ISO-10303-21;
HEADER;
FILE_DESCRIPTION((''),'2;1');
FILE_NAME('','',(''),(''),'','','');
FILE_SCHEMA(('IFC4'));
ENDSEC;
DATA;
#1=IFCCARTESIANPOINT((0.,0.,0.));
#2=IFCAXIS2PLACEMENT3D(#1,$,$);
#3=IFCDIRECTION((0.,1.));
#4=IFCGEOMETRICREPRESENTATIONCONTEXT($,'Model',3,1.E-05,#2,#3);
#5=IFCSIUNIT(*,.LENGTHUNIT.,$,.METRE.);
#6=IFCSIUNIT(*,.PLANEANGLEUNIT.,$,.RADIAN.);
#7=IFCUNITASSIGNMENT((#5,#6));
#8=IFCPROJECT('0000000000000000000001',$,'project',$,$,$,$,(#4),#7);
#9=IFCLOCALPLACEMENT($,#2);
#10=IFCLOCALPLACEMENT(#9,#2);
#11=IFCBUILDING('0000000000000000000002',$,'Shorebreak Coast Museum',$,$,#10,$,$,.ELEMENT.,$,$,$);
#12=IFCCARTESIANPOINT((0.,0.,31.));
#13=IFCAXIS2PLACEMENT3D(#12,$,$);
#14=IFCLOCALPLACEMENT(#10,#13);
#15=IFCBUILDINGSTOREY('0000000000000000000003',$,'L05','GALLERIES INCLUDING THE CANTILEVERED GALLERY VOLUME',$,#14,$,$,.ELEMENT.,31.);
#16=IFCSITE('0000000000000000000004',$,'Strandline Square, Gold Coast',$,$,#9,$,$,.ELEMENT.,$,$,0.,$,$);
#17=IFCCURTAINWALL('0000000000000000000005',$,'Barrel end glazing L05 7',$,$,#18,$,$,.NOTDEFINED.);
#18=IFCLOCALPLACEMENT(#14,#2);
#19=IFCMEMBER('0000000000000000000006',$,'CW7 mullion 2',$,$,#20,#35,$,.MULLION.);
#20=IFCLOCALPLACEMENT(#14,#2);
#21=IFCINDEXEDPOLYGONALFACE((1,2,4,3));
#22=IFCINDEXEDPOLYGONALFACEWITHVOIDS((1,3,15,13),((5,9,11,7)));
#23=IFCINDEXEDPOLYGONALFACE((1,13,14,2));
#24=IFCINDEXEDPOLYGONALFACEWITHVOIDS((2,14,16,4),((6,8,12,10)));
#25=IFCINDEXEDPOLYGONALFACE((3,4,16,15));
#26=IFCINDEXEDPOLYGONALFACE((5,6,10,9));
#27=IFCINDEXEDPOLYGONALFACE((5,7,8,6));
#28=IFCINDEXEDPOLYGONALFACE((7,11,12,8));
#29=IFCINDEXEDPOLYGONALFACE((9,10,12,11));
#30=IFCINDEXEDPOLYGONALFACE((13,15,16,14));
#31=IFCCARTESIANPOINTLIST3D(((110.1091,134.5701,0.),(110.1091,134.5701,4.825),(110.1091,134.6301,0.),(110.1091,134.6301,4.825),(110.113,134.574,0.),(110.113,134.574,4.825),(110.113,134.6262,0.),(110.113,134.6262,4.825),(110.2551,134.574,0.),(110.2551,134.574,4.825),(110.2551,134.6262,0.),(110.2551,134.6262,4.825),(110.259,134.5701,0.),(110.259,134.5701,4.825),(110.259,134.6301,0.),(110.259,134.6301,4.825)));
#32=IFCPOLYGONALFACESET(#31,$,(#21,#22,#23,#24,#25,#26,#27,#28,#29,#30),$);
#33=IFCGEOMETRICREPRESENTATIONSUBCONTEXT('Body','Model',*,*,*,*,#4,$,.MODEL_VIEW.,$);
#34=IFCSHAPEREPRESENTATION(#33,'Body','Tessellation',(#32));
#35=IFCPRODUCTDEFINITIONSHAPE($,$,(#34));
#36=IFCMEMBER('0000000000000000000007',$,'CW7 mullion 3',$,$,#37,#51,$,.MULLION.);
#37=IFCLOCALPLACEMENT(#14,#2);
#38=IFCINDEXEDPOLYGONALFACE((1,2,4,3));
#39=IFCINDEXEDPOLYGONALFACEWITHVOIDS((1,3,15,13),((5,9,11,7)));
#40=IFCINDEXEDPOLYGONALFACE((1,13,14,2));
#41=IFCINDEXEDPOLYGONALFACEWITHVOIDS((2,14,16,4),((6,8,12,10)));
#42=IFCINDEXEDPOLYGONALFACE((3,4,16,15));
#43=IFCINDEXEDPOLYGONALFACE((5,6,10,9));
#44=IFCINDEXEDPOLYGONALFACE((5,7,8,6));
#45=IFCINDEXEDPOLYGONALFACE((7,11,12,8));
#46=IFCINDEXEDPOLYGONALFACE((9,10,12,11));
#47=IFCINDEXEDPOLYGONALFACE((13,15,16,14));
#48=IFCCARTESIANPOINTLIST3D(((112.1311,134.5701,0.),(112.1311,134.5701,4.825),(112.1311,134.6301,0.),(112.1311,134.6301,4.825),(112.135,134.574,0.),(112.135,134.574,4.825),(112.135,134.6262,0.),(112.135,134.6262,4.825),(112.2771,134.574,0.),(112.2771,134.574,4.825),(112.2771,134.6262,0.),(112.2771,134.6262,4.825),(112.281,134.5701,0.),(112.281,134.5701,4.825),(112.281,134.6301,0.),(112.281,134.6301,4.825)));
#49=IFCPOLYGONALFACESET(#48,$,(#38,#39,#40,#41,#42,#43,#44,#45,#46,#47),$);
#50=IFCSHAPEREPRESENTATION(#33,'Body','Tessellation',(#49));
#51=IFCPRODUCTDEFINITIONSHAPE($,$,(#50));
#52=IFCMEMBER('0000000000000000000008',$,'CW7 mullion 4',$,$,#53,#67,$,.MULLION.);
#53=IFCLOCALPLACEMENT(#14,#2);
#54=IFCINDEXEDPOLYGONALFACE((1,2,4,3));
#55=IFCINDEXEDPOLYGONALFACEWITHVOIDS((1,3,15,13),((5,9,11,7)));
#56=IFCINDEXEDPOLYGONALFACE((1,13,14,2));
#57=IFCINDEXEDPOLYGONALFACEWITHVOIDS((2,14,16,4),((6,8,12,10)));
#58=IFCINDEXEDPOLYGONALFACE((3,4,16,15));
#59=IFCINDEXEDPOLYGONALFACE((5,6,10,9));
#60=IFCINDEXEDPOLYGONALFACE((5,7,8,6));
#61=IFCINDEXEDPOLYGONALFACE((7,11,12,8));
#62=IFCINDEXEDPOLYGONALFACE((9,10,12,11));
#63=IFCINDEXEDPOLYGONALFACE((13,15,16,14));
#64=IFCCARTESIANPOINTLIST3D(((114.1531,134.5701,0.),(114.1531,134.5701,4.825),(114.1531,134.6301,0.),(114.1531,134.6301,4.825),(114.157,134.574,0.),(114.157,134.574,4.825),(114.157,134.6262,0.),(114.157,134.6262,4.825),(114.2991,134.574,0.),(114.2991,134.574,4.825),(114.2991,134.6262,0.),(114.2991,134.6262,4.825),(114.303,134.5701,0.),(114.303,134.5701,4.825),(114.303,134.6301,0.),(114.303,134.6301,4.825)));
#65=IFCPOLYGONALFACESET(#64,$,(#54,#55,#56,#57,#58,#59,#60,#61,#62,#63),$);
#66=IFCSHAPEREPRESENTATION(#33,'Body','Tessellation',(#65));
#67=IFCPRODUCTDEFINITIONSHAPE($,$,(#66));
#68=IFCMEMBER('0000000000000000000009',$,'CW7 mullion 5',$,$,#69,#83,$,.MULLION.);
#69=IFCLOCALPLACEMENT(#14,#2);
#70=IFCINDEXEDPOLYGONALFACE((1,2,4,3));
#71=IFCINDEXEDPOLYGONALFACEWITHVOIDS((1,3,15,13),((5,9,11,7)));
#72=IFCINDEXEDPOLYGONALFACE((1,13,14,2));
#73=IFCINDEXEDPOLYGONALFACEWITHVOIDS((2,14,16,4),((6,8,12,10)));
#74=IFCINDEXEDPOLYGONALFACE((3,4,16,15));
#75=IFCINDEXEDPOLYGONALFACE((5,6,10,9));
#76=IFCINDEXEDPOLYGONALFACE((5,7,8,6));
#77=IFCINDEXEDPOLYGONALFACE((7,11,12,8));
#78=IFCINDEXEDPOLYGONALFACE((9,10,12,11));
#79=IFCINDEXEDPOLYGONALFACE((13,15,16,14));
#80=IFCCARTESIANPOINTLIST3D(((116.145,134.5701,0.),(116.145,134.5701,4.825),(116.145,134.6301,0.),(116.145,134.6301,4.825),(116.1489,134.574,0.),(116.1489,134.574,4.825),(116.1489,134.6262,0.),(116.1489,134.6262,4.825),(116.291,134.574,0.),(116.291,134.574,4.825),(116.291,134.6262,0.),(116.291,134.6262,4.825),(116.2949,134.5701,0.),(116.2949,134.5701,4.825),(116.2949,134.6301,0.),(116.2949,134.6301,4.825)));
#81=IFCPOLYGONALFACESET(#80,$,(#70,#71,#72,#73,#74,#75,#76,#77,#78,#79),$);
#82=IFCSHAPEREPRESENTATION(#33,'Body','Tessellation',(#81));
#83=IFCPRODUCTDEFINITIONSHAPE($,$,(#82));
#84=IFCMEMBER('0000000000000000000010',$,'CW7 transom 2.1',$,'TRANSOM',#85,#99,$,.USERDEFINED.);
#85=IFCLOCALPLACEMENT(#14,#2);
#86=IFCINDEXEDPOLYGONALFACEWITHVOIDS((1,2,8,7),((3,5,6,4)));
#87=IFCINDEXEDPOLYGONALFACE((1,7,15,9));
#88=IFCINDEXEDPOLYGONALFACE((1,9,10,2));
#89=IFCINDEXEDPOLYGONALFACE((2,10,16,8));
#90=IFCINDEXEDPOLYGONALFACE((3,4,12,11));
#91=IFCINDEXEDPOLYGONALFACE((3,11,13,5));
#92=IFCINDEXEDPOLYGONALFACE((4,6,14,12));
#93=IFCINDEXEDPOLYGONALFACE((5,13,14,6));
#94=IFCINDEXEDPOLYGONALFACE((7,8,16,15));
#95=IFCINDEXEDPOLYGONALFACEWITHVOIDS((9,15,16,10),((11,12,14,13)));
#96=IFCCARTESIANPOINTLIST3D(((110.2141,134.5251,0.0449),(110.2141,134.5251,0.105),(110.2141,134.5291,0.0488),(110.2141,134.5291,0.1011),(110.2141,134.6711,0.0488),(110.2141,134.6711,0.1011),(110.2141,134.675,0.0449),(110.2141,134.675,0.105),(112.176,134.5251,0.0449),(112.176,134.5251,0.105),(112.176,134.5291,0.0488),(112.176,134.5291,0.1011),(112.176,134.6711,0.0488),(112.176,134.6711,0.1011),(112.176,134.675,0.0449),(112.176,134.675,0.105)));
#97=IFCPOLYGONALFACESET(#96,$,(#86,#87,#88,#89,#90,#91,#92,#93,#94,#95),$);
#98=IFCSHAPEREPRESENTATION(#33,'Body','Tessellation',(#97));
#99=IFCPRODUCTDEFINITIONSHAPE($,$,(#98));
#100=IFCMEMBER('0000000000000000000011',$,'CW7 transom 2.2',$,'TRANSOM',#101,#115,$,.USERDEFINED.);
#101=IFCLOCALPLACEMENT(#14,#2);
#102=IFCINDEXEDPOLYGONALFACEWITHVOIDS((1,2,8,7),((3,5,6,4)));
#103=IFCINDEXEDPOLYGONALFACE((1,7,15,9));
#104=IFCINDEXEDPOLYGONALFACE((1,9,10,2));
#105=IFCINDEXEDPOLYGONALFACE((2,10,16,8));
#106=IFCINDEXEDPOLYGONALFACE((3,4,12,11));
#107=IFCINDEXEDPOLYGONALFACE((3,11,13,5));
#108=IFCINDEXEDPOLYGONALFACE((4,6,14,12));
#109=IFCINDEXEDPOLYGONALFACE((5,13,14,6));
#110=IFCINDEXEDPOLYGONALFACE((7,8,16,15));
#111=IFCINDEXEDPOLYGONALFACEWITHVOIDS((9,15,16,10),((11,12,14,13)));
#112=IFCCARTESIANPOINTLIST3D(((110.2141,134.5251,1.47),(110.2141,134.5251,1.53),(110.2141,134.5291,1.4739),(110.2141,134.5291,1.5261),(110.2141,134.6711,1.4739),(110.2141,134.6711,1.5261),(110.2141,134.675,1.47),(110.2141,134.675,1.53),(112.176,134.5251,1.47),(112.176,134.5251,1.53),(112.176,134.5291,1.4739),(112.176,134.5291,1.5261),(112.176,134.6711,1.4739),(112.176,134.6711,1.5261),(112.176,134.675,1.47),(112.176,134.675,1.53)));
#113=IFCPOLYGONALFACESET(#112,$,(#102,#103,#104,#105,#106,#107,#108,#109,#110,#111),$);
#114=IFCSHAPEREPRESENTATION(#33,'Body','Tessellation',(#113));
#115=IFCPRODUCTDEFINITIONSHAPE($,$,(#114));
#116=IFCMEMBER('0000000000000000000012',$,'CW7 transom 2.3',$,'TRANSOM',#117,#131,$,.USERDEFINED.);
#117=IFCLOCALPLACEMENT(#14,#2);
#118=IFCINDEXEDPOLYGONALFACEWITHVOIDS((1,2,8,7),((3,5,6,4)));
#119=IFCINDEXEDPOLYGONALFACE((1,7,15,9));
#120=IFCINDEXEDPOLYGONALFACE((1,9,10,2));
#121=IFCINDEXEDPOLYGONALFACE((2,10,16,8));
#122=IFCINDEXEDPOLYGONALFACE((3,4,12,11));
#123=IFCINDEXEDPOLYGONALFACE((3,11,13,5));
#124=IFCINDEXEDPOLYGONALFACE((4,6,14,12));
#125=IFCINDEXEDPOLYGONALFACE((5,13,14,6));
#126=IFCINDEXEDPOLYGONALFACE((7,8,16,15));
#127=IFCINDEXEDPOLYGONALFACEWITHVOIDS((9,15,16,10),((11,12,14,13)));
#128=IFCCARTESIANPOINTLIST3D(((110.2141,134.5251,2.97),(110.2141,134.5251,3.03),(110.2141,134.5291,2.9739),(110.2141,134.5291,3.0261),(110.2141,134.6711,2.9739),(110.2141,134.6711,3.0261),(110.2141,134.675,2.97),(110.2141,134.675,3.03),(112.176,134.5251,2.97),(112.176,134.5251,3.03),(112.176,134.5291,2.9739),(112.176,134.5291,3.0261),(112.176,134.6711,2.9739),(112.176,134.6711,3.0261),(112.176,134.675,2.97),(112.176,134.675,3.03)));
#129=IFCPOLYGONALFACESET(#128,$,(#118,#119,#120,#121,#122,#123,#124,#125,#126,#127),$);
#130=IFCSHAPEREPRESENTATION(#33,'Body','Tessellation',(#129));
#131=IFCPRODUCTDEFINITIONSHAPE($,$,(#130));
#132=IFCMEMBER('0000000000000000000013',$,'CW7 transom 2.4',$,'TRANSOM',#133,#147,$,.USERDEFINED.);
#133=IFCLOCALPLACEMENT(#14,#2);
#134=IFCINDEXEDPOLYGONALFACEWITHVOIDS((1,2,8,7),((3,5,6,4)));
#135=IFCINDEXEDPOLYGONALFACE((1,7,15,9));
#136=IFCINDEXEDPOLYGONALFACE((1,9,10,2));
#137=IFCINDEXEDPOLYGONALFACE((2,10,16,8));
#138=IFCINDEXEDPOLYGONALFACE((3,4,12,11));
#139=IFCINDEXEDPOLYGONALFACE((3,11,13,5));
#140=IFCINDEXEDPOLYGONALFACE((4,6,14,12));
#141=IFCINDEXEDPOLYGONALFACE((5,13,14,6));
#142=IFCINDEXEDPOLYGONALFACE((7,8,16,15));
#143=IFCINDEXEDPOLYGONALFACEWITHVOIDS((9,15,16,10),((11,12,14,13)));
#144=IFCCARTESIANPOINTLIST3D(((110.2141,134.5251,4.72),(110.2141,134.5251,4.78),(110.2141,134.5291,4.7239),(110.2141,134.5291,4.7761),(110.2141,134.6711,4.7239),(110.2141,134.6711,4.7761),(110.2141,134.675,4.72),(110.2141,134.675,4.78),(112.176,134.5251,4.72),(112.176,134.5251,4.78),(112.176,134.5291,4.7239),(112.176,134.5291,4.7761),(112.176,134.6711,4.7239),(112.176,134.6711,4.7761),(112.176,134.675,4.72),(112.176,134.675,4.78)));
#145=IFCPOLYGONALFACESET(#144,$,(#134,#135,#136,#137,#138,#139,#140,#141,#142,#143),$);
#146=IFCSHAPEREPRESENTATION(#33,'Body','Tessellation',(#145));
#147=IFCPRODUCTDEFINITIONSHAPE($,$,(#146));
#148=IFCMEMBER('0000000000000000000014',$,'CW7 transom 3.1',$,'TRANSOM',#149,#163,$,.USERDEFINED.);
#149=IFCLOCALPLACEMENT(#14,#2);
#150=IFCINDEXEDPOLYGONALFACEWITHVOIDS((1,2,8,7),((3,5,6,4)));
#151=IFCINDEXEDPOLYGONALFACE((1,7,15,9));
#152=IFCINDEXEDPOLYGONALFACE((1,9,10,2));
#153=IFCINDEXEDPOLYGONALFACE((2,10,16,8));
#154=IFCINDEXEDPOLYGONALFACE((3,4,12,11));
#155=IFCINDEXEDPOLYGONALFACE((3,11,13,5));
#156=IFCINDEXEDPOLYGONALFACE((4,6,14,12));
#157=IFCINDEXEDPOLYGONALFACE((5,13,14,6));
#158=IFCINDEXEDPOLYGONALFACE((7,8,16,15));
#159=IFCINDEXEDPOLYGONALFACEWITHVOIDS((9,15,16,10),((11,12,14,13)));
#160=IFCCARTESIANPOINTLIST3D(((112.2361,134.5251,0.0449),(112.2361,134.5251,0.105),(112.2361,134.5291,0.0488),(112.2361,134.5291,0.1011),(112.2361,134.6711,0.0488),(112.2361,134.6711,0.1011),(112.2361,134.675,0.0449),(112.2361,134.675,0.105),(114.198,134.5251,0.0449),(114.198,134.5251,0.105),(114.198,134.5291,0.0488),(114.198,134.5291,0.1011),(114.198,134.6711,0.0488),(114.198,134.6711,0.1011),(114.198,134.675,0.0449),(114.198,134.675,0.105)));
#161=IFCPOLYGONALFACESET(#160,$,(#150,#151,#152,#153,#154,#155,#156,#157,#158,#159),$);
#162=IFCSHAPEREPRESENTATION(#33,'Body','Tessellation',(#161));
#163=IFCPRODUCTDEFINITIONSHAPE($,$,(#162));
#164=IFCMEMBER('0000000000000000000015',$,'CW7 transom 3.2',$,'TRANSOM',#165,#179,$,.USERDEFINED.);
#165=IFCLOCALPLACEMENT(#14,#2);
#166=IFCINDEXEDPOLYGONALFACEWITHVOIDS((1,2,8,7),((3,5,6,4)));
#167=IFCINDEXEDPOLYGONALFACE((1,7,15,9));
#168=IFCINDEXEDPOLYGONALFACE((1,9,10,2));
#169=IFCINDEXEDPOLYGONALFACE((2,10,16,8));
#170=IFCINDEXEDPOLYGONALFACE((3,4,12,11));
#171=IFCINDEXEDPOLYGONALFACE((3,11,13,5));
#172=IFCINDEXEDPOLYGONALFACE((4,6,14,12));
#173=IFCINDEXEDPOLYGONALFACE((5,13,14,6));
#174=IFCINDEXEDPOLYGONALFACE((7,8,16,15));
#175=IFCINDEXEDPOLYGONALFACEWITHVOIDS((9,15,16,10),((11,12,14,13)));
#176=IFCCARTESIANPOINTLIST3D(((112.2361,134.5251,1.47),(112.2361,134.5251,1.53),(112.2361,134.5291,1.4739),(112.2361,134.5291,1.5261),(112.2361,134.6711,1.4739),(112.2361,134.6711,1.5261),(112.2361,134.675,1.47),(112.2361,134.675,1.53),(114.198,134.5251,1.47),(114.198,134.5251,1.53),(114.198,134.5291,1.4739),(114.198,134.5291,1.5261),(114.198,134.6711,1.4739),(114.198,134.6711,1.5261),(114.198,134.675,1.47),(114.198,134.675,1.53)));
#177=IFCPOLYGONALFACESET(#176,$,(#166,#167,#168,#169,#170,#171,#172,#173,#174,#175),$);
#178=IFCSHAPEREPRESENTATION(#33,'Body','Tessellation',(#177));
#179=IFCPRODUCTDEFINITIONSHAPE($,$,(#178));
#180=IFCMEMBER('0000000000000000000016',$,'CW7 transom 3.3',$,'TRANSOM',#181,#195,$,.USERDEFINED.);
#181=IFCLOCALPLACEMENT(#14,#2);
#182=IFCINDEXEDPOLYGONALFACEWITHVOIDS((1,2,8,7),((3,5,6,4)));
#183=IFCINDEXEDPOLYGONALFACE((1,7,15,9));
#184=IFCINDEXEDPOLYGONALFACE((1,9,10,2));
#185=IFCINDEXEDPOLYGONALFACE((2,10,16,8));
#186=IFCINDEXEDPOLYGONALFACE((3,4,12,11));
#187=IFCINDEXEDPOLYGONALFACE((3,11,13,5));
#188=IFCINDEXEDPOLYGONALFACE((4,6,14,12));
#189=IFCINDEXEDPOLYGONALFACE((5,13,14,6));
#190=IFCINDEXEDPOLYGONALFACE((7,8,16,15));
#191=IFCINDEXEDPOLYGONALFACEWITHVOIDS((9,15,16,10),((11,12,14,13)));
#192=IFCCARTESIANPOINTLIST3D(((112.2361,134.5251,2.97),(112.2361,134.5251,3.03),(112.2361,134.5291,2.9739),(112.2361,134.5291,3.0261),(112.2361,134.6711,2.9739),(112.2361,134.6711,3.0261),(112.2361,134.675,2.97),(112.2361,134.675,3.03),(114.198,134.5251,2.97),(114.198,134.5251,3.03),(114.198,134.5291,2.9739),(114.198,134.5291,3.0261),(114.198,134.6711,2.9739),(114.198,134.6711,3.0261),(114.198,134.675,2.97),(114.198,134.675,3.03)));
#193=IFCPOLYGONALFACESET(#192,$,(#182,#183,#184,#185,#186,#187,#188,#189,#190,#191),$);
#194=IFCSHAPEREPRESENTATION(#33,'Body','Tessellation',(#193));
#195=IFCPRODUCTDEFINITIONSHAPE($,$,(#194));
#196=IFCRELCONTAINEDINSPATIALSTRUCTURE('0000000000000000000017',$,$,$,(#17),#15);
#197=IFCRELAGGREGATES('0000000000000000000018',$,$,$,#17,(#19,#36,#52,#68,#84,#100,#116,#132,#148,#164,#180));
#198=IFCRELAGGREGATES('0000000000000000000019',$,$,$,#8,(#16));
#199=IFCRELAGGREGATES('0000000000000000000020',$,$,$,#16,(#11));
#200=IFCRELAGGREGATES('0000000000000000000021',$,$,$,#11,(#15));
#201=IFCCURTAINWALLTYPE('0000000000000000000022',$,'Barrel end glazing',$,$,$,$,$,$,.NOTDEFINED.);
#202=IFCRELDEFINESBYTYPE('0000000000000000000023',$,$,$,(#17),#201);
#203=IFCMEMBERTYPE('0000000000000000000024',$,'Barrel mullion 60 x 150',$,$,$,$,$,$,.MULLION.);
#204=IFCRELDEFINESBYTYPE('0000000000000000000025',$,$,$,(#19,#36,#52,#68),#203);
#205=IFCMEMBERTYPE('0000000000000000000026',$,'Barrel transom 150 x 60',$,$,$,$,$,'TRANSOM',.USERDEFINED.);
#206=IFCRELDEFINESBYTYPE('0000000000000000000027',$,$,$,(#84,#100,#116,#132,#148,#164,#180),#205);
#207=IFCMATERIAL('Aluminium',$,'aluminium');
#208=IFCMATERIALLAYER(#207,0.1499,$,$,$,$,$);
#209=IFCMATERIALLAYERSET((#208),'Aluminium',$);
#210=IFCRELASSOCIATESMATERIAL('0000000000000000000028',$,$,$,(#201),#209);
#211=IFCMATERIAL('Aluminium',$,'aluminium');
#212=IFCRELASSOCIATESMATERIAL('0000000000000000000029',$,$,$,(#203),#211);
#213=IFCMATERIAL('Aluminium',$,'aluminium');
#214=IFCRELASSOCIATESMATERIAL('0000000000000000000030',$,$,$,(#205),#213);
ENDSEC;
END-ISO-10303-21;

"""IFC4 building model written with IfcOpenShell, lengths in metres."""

from ifc_helpers import new_model, si_unit, direction, frame, origin, origin_2d, place, context, subcontext, project, spatial, hollow_rectangle, extrude, material, layer, layer_set, material_profile, profile_set, type_object, element, aggregate, save


model = new_model("IFC4")

# Units and contexts
model_context = context("Model", 3, precision=1e-05, world=origin(), true_north=direction((0.0, 1.0)))
body_context = subcontext(model_context, "Body", "Model", "MODEL_VIEW")
ifc_project = project(units=[si_unit("LENGTHUNIT", "METRE"), si_unit("PLANEANGLEUNIT", "RADIAN")], contexts=[model_context])

# Site, building, storey
site_placement = place(None, origin())
site = spatial("IfcSite", under=ifc_project, at=site_placement, Name="Strandline Square, Gold Coast", CompositionType="ELEMENT", RefElevation=0.0)
building_placement = place(site_placement, origin())
building = spatial("IfcBuilding", under=site, at=building_placement, Name="Shorebreak Coast Museum", CompositionType="ELEMENT")
storey_placement = place(building_placement, frame((0.0, 0.0, 31.0)))
storey = spatial("IfcBuildingStorey", under=building, at=storey_placement, Name="L05", Description="GALLERIES INCLUDING THE CANTILEVERED GALLERY VOLUME", CompositionType="ELEMENT", Elevation=31.0)

# Curtain wall, members
ifc_material_1 = material(Name="Aluminium", Category="aluminium")
ifc_layer_1 = layer(ifc_material_1, 0.1499)
ifc_layer_set_1 = layer_set([ifc_layer_1], Name="Aluminium")
curtain_wall_type = type_object("IfcCurtainWallType", Name="Barrel end glazing", PredefinedType="NOTDEFINED", material=ifc_layer_set_1)
curtain_wall_placement = place(storey_placement, origin())
curtain_wall = element("IfcCurtainWall", 1, at=curtain_wall_placement, inside=storey, type_object=curtain_wall_type, Name="Barrel end glazing L05 7", PredefinedType="NOTDEFINED")
ifc_material_2 = material(Name="Aluminium", Category="aluminium")
ifc_material_profile_1 = material_profile(ifc_material_2, hollow_rectangle(XDim=0.0601, YDim=0.1499, WallThickness=0.0039, at=origin_2d()), Name="AL 150x60 RHS")
ifc_profile_set_1 = profile_set([ifc_material_profile_1], Name="Aluminium")
member_type_1 = type_object("IfcMemberType", Name="Barrel mullion 60 x 150", PredefinedType="MULLION", material=ifc_profile_set_1)
member_1_placement = place(storey_placement, frame((110.1841, 134.6001, 0.0), z_axis=(0.0, 0.0, 1.0), x_axis=(0.0, 1.0, 0.0)))
member_1 = element("IfcMember", 2, at=member_1_placement, type_object=member_type_1, Name="CW7 mullion 2", PredefinedType="MULLION", context=body_context, shape_type="SweptSolid", body=[
    extrude(hollow_rectangle(XDim=0.0601, YDim=0.1499, WallThickness=0.0039, at=origin_2d()), origin(), (0.0, 0.0, 1.0), 4.825),
])
member_2_placement = place(storey_placement, frame((112.2061, 134.6001, 0.0), z_axis=(0.0, 0.0, 1.0), x_axis=(0.0, 1.0, 0.0)))
member_2 = element("IfcMember", 3, at=member_2_placement, type_object=member_type_1, Name="CW7 mullion 3", PredefinedType="MULLION", context=body_context, shape_type="SweptSolid", body=[
    extrude(hollow_rectangle(XDim=0.0601, YDim=0.1499, WallThickness=0.0039, at=origin_2d()), origin(), (0.0, 0.0, 1.0), 4.825),
])
member_3_placement = place(storey_placement, frame((114.228, 134.6001, 0.0), z_axis=(0.0, 0.0, 1.0), x_axis=(0.0, 1.0, 0.0)))
member_3 = element("IfcMember", 4, at=member_3_placement, type_object=member_type_1, Name="CW7 mullion 4", PredefinedType="MULLION", context=body_context, shape_type="SweptSolid", body=[
    extrude(hollow_rectangle(XDim=0.0601, YDim=0.1499, WallThickness=0.0039, at=origin_2d()), origin(), (0.0, 0.0, 1.0), 4.825),
])
member_4_placement = place(storey_placement, frame((116.22, 134.6001, 0.0), z_axis=(0.0, 0.0, 1.0), x_axis=(0.0, 1.0, 0.0)))
member_4 = element("IfcMember", 5, at=member_4_placement, type_object=member_type_1, Name="CW7 mullion 5", PredefinedType="MULLION", context=body_context, shape_type="SweptSolid", body=[
    extrude(hollow_rectangle(XDim=0.0601, YDim=0.1499, WallThickness=0.0039, at=origin_2d()), origin(), (0.0, 0.0, 1.0), 4.825),
])
ifc_material_3 = material(Name="Aluminium", Category="aluminium")
ifc_material_profile_2 = material_profile(ifc_material_3, hollow_rectangle(XDim=0.1499, YDim=0.0601, WallThickness=0.0039, at=origin_2d()), Name="AL 60x150 RHS")
ifc_profile_set_2 = profile_set([ifc_material_profile_2], Name="Aluminium")
member_type_2 = type_object("IfcMemberType", Name="Barrel transom 150 x 60", ElementType="TRANSOM", PredefinedType="USERDEFINED", material=ifc_profile_set_2)
member_5_placement = place(storey_placement, frame((110.2141, 134.6001, 0.075), z_axis=(1.0, 0.0, 0.0), x_axis=(0.0, 1.0, 0.0)))
member_5 = element("IfcMember", 6, at=member_5_placement, type_object=member_type_2, Name="CW7 transom 2.1", ObjectType="TRANSOM", PredefinedType="USERDEFINED", context=body_context, shape_type="SweptSolid", body=[
    extrude(hollow_rectangle(XDim=0.1499, YDim=0.0601, WallThickness=0.0039, at=origin_2d()), origin(), (0.0, 0.0, 1.0), 1.9619),
])
member_6_placement = place(storey_placement, frame((110.2141, 134.6001, 1.5), z_axis=(1.0, 0.0, 0.0), x_axis=(0.0, 1.0, 0.0)))
member_6 = element("IfcMember", 7, at=member_6_placement, type_object=member_type_2, Name="CW7 transom 2.2", ObjectType="TRANSOM", PredefinedType="USERDEFINED", context=body_context, shape_type="SweptSolid", body=[
    extrude(hollow_rectangle(XDim=0.1499, YDim=0.0601, WallThickness=0.0039, at=origin_2d()), origin(), (0.0, 0.0, 1.0), 1.9619),
])
member_7_placement = place(storey_placement, frame((110.2141, 134.6001, 3.0), z_axis=(1.0, 0.0, 0.0), x_axis=(0.0, 1.0, 0.0)))
member_7 = element("IfcMember", 8, at=member_7_placement, type_object=member_type_2, Name="CW7 transom 2.3", ObjectType="TRANSOM", PredefinedType="USERDEFINED", context=body_context, shape_type="SweptSolid", body=[
    extrude(hollow_rectangle(XDim=0.1499, YDim=0.0601, WallThickness=0.0039, at=origin_2d()), origin(), (0.0, 0.0, 1.0), 1.9619),
])
member_8_placement = place(storey_placement, frame((110.2141, 134.6001, 4.75), z_axis=(1.0, 0.0, 0.0), x_axis=(0.0, 1.0, 0.0)))
member_8 = element("IfcMember", 9, at=member_8_placement, type_object=member_type_2, Name="CW7 transom 2.4", ObjectType="TRANSOM", PredefinedType="USERDEFINED", context=body_context, shape_type="SweptSolid", body=[
    extrude(hollow_rectangle(XDim=0.1499, YDim=0.0601, WallThickness=0.0039, at=origin_2d()), origin(), (0.0, 0.0, 1.0), 1.9619),
])
member_9_placement = place(storey_placement, frame((112.2361, 134.6001, 0.075), z_axis=(1.0, 0.0, 0.0), x_axis=(0.0, 1.0, 0.0)))
member_9 = element("IfcMember", 10, at=member_9_placement, type_object=member_type_2, Name="CW7 transom 3.1", ObjectType="TRANSOM", PredefinedType="USERDEFINED", context=body_context, shape_type="SweptSolid", body=[
    extrude(hollow_rectangle(XDim=0.1499, YDim=0.0601, WallThickness=0.0039, at=origin_2d()), origin(), (0.0, 0.0, 1.0), 1.9619),
])
member_10_placement = place(storey_placement, frame((112.2361, 134.6001, 1.5), z_axis=(1.0, 0.0, 0.0), x_axis=(0.0, 1.0, 0.0)))
member_10 = element("IfcMember", 11, at=member_10_placement, type_object=member_type_2, Name="CW7 transom 3.2", ObjectType="TRANSOM", PredefinedType="USERDEFINED", context=body_context, shape_type="SweptSolid", body=[
    extrude(hollow_rectangle(XDim=0.1499, YDim=0.0601, WallThickness=0.0039, at=origin_2d()), origin(), (0.0, 0.0, 1.0), 1.9619),
])
member_11_placement = place(storey_placement, frame((112.2361, 134.6001, 3.0), z_axis=(1.0, 0.0, 0.0), x_axis=(0.0, 1.0, 0.0)))
member_11 = element("IfcMember", 12, at=member_11_placement, type_object=member_type_2, Name="CW7 transom 3.3", ObjectType="TRANSOM", PredefinedType="USERDEFINED", context=body_context, shape_type="SweptSolid", body=[
    extrude(hollow_rectangle(XDim=0.1499, YDim=0.0601, WallThickness=0.0039, at=origin_2d()), origin(), (0.0, 0.0, 1.0), 1.9619),
])

aggregate(curtain_wall, [member_1, member_2, member_3, member_4, member_5, member_6, member_7, member_8, member_9, member_10, member_11])

save(model, "model.ifc")
